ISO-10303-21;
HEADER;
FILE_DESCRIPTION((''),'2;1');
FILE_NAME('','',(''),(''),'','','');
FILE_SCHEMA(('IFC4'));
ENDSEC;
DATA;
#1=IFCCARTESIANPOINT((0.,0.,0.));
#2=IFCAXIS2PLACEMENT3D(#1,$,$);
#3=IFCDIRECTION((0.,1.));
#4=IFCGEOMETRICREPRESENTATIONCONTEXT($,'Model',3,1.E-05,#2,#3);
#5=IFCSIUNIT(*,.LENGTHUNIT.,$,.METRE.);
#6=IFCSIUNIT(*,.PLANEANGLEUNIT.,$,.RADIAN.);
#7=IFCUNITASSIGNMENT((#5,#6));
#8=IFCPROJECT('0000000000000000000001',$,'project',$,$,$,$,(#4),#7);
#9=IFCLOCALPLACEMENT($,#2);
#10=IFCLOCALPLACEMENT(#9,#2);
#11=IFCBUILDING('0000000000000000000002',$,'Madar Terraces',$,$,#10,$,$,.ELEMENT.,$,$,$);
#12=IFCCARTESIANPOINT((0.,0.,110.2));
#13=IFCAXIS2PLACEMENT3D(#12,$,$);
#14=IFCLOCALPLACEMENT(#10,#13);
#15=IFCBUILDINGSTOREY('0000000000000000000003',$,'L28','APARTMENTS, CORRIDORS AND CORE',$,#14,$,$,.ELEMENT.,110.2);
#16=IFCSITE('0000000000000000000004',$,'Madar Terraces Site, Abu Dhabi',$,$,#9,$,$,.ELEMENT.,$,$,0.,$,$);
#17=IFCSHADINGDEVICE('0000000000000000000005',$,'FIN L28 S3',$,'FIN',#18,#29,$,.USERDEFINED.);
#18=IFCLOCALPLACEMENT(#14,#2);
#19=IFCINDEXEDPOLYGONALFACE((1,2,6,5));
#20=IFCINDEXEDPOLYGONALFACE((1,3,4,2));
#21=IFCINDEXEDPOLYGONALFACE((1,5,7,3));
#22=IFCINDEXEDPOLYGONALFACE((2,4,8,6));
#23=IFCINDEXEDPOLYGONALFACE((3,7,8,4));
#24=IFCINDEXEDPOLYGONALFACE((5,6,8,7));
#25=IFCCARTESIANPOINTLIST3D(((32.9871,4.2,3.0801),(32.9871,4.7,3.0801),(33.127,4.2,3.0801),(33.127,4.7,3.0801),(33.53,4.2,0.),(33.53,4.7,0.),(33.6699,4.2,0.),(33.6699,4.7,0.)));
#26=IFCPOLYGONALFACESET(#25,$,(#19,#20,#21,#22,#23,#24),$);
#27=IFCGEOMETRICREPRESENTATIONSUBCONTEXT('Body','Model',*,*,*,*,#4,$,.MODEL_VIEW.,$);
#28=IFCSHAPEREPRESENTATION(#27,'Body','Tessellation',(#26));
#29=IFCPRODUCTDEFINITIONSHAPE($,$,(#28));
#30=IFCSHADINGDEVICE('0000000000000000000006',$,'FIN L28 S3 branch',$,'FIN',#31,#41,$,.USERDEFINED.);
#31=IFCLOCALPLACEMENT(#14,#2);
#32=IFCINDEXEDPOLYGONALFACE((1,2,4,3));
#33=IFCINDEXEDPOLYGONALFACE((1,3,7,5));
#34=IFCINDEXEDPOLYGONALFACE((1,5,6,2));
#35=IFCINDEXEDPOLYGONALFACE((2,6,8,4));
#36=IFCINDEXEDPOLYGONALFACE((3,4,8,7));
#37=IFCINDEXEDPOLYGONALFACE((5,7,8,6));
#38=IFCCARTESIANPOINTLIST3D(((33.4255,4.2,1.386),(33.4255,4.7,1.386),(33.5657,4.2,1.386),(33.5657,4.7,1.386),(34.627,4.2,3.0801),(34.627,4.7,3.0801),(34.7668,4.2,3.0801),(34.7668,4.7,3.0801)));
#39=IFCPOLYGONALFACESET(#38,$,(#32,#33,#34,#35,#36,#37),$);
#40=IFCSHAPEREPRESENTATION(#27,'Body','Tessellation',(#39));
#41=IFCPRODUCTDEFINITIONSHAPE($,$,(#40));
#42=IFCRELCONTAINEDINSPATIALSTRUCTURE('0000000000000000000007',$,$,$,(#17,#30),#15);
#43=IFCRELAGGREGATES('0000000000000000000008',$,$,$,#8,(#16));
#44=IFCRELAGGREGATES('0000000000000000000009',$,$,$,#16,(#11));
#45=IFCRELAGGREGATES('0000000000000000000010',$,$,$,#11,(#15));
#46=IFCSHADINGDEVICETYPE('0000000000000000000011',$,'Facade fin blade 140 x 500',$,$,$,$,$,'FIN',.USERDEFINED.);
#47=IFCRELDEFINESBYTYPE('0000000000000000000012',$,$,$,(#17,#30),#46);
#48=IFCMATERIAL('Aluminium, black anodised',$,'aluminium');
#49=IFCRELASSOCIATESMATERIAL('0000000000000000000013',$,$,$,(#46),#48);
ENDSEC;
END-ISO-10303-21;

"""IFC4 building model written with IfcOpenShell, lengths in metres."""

from ifc_helpers import new_model, si_unit, direction, frame, origin, place, context, subcontext, project, spatial, polyline, outline, extrude, material, type_object, element, save


model = new_model("IFC4")

# Units and contexts
model_context = context("Model", 3, precision=1e-05, world=origin(), true_north=direction((0.0, 1.0)))
body_context = subcontext(model_context, "Body", "Model", "MODEL_VIEW")
ifc_project = project(units=[si_unit("LENGTHUNIT", "METRE"), si_unit("PLANEANGLEUNIT", "RADIAN")], contexts=[model_context])

# Site, building, storey
site_placement = place(None, origin())
site = spatial("IfcSite", under=ifc_project, at=site_placement, Name="Madar Terraces Site, Abu Dhabi", CompositionType="ELEMENT", RefElevation=0.0)
building_placement = place(site_placement, origin())
building = spatial("IfcBuilding", under=site, at=building_placement, Name="Madar Terraces", CompositionType="ELEMENT")
storey_placement = place(building_placement, frame((0.0, 0.0, 110.2)))
storey = spatial("IfcBuildingStorey", under=building, at=storey_placement, Name="L28", Description="APARTMENTS, CORRIDORS AND CORE", CompositionType="ELEMENT", Elevation=110.2)

# Shading devices
ifc_material_1 = material(Name="Aluminium, black anodised", Category="aluminium")
shading_device_type = type_object("IfcShadingDeviceType", Name="Facade fin blade 140 x 500", ElementType="FIN", PredefinedType="USERDEFINED", material=ifc_material_1)
shading_device_1_placement = place(storey_placement, frame((33.53, 4.45, 0.0), z_axis=(0.0, 0.0, 1.0), x_axis=(1.0, 0.0, 0.0)))
element("IfcShadingDevice", 1, at=shading_device_1_placement, inside=storey, type_object=shading_device_type, Name="FIN L28 S3", ObjectType="FIN", PredefinedType="USERDEFINED", context=body_context, shape_type="SweptSolid", body=[
    extrude(outline(polyline([(0.0, 0.0), (0.1399, 0.0), (-0.4031, 3.0801), (-0.543, 3.0801), (0.0, 0.0)])), frame((0.0, 0.25, 0.0), z_axis=(0.0, -1.0, 0.0), x_axis=(1.0, 0.0, 0.0)), (0.0, 0.0, 1.0), 0.5),
])
shading_device_2_placement = place(storey_placement, frame((33.4255, 4.45, 1.386), z_axis=(0.0, 0.0, 1.0), x_axis=(1.0, 0.0, 0.0)))
element("IfcShadingDevice", 2, at=shading_device_2_placement, inside=storey, type_object=shading_device_type, Name="FIN L28 S3 branch", ObjectType="FIN", PredefinedType="USERDEFINED", context=body_context, shape_type="SweptSolid", body=[
    extrude(outline(polyline([(0.0, 0.0), (0.1401, 0.0), (1.3413, 1.6941), (1.2014, 1.6941), (0.0, 0.0)])), frame((0.0, 0.25, 0.0), z_axis=(0.0, -1.0, 0.0), x_axis=(1.0, 0.0, 0.0)), (0.0, 0.0, 1.0), 0.5),
])

save(model, "model.ifc")
